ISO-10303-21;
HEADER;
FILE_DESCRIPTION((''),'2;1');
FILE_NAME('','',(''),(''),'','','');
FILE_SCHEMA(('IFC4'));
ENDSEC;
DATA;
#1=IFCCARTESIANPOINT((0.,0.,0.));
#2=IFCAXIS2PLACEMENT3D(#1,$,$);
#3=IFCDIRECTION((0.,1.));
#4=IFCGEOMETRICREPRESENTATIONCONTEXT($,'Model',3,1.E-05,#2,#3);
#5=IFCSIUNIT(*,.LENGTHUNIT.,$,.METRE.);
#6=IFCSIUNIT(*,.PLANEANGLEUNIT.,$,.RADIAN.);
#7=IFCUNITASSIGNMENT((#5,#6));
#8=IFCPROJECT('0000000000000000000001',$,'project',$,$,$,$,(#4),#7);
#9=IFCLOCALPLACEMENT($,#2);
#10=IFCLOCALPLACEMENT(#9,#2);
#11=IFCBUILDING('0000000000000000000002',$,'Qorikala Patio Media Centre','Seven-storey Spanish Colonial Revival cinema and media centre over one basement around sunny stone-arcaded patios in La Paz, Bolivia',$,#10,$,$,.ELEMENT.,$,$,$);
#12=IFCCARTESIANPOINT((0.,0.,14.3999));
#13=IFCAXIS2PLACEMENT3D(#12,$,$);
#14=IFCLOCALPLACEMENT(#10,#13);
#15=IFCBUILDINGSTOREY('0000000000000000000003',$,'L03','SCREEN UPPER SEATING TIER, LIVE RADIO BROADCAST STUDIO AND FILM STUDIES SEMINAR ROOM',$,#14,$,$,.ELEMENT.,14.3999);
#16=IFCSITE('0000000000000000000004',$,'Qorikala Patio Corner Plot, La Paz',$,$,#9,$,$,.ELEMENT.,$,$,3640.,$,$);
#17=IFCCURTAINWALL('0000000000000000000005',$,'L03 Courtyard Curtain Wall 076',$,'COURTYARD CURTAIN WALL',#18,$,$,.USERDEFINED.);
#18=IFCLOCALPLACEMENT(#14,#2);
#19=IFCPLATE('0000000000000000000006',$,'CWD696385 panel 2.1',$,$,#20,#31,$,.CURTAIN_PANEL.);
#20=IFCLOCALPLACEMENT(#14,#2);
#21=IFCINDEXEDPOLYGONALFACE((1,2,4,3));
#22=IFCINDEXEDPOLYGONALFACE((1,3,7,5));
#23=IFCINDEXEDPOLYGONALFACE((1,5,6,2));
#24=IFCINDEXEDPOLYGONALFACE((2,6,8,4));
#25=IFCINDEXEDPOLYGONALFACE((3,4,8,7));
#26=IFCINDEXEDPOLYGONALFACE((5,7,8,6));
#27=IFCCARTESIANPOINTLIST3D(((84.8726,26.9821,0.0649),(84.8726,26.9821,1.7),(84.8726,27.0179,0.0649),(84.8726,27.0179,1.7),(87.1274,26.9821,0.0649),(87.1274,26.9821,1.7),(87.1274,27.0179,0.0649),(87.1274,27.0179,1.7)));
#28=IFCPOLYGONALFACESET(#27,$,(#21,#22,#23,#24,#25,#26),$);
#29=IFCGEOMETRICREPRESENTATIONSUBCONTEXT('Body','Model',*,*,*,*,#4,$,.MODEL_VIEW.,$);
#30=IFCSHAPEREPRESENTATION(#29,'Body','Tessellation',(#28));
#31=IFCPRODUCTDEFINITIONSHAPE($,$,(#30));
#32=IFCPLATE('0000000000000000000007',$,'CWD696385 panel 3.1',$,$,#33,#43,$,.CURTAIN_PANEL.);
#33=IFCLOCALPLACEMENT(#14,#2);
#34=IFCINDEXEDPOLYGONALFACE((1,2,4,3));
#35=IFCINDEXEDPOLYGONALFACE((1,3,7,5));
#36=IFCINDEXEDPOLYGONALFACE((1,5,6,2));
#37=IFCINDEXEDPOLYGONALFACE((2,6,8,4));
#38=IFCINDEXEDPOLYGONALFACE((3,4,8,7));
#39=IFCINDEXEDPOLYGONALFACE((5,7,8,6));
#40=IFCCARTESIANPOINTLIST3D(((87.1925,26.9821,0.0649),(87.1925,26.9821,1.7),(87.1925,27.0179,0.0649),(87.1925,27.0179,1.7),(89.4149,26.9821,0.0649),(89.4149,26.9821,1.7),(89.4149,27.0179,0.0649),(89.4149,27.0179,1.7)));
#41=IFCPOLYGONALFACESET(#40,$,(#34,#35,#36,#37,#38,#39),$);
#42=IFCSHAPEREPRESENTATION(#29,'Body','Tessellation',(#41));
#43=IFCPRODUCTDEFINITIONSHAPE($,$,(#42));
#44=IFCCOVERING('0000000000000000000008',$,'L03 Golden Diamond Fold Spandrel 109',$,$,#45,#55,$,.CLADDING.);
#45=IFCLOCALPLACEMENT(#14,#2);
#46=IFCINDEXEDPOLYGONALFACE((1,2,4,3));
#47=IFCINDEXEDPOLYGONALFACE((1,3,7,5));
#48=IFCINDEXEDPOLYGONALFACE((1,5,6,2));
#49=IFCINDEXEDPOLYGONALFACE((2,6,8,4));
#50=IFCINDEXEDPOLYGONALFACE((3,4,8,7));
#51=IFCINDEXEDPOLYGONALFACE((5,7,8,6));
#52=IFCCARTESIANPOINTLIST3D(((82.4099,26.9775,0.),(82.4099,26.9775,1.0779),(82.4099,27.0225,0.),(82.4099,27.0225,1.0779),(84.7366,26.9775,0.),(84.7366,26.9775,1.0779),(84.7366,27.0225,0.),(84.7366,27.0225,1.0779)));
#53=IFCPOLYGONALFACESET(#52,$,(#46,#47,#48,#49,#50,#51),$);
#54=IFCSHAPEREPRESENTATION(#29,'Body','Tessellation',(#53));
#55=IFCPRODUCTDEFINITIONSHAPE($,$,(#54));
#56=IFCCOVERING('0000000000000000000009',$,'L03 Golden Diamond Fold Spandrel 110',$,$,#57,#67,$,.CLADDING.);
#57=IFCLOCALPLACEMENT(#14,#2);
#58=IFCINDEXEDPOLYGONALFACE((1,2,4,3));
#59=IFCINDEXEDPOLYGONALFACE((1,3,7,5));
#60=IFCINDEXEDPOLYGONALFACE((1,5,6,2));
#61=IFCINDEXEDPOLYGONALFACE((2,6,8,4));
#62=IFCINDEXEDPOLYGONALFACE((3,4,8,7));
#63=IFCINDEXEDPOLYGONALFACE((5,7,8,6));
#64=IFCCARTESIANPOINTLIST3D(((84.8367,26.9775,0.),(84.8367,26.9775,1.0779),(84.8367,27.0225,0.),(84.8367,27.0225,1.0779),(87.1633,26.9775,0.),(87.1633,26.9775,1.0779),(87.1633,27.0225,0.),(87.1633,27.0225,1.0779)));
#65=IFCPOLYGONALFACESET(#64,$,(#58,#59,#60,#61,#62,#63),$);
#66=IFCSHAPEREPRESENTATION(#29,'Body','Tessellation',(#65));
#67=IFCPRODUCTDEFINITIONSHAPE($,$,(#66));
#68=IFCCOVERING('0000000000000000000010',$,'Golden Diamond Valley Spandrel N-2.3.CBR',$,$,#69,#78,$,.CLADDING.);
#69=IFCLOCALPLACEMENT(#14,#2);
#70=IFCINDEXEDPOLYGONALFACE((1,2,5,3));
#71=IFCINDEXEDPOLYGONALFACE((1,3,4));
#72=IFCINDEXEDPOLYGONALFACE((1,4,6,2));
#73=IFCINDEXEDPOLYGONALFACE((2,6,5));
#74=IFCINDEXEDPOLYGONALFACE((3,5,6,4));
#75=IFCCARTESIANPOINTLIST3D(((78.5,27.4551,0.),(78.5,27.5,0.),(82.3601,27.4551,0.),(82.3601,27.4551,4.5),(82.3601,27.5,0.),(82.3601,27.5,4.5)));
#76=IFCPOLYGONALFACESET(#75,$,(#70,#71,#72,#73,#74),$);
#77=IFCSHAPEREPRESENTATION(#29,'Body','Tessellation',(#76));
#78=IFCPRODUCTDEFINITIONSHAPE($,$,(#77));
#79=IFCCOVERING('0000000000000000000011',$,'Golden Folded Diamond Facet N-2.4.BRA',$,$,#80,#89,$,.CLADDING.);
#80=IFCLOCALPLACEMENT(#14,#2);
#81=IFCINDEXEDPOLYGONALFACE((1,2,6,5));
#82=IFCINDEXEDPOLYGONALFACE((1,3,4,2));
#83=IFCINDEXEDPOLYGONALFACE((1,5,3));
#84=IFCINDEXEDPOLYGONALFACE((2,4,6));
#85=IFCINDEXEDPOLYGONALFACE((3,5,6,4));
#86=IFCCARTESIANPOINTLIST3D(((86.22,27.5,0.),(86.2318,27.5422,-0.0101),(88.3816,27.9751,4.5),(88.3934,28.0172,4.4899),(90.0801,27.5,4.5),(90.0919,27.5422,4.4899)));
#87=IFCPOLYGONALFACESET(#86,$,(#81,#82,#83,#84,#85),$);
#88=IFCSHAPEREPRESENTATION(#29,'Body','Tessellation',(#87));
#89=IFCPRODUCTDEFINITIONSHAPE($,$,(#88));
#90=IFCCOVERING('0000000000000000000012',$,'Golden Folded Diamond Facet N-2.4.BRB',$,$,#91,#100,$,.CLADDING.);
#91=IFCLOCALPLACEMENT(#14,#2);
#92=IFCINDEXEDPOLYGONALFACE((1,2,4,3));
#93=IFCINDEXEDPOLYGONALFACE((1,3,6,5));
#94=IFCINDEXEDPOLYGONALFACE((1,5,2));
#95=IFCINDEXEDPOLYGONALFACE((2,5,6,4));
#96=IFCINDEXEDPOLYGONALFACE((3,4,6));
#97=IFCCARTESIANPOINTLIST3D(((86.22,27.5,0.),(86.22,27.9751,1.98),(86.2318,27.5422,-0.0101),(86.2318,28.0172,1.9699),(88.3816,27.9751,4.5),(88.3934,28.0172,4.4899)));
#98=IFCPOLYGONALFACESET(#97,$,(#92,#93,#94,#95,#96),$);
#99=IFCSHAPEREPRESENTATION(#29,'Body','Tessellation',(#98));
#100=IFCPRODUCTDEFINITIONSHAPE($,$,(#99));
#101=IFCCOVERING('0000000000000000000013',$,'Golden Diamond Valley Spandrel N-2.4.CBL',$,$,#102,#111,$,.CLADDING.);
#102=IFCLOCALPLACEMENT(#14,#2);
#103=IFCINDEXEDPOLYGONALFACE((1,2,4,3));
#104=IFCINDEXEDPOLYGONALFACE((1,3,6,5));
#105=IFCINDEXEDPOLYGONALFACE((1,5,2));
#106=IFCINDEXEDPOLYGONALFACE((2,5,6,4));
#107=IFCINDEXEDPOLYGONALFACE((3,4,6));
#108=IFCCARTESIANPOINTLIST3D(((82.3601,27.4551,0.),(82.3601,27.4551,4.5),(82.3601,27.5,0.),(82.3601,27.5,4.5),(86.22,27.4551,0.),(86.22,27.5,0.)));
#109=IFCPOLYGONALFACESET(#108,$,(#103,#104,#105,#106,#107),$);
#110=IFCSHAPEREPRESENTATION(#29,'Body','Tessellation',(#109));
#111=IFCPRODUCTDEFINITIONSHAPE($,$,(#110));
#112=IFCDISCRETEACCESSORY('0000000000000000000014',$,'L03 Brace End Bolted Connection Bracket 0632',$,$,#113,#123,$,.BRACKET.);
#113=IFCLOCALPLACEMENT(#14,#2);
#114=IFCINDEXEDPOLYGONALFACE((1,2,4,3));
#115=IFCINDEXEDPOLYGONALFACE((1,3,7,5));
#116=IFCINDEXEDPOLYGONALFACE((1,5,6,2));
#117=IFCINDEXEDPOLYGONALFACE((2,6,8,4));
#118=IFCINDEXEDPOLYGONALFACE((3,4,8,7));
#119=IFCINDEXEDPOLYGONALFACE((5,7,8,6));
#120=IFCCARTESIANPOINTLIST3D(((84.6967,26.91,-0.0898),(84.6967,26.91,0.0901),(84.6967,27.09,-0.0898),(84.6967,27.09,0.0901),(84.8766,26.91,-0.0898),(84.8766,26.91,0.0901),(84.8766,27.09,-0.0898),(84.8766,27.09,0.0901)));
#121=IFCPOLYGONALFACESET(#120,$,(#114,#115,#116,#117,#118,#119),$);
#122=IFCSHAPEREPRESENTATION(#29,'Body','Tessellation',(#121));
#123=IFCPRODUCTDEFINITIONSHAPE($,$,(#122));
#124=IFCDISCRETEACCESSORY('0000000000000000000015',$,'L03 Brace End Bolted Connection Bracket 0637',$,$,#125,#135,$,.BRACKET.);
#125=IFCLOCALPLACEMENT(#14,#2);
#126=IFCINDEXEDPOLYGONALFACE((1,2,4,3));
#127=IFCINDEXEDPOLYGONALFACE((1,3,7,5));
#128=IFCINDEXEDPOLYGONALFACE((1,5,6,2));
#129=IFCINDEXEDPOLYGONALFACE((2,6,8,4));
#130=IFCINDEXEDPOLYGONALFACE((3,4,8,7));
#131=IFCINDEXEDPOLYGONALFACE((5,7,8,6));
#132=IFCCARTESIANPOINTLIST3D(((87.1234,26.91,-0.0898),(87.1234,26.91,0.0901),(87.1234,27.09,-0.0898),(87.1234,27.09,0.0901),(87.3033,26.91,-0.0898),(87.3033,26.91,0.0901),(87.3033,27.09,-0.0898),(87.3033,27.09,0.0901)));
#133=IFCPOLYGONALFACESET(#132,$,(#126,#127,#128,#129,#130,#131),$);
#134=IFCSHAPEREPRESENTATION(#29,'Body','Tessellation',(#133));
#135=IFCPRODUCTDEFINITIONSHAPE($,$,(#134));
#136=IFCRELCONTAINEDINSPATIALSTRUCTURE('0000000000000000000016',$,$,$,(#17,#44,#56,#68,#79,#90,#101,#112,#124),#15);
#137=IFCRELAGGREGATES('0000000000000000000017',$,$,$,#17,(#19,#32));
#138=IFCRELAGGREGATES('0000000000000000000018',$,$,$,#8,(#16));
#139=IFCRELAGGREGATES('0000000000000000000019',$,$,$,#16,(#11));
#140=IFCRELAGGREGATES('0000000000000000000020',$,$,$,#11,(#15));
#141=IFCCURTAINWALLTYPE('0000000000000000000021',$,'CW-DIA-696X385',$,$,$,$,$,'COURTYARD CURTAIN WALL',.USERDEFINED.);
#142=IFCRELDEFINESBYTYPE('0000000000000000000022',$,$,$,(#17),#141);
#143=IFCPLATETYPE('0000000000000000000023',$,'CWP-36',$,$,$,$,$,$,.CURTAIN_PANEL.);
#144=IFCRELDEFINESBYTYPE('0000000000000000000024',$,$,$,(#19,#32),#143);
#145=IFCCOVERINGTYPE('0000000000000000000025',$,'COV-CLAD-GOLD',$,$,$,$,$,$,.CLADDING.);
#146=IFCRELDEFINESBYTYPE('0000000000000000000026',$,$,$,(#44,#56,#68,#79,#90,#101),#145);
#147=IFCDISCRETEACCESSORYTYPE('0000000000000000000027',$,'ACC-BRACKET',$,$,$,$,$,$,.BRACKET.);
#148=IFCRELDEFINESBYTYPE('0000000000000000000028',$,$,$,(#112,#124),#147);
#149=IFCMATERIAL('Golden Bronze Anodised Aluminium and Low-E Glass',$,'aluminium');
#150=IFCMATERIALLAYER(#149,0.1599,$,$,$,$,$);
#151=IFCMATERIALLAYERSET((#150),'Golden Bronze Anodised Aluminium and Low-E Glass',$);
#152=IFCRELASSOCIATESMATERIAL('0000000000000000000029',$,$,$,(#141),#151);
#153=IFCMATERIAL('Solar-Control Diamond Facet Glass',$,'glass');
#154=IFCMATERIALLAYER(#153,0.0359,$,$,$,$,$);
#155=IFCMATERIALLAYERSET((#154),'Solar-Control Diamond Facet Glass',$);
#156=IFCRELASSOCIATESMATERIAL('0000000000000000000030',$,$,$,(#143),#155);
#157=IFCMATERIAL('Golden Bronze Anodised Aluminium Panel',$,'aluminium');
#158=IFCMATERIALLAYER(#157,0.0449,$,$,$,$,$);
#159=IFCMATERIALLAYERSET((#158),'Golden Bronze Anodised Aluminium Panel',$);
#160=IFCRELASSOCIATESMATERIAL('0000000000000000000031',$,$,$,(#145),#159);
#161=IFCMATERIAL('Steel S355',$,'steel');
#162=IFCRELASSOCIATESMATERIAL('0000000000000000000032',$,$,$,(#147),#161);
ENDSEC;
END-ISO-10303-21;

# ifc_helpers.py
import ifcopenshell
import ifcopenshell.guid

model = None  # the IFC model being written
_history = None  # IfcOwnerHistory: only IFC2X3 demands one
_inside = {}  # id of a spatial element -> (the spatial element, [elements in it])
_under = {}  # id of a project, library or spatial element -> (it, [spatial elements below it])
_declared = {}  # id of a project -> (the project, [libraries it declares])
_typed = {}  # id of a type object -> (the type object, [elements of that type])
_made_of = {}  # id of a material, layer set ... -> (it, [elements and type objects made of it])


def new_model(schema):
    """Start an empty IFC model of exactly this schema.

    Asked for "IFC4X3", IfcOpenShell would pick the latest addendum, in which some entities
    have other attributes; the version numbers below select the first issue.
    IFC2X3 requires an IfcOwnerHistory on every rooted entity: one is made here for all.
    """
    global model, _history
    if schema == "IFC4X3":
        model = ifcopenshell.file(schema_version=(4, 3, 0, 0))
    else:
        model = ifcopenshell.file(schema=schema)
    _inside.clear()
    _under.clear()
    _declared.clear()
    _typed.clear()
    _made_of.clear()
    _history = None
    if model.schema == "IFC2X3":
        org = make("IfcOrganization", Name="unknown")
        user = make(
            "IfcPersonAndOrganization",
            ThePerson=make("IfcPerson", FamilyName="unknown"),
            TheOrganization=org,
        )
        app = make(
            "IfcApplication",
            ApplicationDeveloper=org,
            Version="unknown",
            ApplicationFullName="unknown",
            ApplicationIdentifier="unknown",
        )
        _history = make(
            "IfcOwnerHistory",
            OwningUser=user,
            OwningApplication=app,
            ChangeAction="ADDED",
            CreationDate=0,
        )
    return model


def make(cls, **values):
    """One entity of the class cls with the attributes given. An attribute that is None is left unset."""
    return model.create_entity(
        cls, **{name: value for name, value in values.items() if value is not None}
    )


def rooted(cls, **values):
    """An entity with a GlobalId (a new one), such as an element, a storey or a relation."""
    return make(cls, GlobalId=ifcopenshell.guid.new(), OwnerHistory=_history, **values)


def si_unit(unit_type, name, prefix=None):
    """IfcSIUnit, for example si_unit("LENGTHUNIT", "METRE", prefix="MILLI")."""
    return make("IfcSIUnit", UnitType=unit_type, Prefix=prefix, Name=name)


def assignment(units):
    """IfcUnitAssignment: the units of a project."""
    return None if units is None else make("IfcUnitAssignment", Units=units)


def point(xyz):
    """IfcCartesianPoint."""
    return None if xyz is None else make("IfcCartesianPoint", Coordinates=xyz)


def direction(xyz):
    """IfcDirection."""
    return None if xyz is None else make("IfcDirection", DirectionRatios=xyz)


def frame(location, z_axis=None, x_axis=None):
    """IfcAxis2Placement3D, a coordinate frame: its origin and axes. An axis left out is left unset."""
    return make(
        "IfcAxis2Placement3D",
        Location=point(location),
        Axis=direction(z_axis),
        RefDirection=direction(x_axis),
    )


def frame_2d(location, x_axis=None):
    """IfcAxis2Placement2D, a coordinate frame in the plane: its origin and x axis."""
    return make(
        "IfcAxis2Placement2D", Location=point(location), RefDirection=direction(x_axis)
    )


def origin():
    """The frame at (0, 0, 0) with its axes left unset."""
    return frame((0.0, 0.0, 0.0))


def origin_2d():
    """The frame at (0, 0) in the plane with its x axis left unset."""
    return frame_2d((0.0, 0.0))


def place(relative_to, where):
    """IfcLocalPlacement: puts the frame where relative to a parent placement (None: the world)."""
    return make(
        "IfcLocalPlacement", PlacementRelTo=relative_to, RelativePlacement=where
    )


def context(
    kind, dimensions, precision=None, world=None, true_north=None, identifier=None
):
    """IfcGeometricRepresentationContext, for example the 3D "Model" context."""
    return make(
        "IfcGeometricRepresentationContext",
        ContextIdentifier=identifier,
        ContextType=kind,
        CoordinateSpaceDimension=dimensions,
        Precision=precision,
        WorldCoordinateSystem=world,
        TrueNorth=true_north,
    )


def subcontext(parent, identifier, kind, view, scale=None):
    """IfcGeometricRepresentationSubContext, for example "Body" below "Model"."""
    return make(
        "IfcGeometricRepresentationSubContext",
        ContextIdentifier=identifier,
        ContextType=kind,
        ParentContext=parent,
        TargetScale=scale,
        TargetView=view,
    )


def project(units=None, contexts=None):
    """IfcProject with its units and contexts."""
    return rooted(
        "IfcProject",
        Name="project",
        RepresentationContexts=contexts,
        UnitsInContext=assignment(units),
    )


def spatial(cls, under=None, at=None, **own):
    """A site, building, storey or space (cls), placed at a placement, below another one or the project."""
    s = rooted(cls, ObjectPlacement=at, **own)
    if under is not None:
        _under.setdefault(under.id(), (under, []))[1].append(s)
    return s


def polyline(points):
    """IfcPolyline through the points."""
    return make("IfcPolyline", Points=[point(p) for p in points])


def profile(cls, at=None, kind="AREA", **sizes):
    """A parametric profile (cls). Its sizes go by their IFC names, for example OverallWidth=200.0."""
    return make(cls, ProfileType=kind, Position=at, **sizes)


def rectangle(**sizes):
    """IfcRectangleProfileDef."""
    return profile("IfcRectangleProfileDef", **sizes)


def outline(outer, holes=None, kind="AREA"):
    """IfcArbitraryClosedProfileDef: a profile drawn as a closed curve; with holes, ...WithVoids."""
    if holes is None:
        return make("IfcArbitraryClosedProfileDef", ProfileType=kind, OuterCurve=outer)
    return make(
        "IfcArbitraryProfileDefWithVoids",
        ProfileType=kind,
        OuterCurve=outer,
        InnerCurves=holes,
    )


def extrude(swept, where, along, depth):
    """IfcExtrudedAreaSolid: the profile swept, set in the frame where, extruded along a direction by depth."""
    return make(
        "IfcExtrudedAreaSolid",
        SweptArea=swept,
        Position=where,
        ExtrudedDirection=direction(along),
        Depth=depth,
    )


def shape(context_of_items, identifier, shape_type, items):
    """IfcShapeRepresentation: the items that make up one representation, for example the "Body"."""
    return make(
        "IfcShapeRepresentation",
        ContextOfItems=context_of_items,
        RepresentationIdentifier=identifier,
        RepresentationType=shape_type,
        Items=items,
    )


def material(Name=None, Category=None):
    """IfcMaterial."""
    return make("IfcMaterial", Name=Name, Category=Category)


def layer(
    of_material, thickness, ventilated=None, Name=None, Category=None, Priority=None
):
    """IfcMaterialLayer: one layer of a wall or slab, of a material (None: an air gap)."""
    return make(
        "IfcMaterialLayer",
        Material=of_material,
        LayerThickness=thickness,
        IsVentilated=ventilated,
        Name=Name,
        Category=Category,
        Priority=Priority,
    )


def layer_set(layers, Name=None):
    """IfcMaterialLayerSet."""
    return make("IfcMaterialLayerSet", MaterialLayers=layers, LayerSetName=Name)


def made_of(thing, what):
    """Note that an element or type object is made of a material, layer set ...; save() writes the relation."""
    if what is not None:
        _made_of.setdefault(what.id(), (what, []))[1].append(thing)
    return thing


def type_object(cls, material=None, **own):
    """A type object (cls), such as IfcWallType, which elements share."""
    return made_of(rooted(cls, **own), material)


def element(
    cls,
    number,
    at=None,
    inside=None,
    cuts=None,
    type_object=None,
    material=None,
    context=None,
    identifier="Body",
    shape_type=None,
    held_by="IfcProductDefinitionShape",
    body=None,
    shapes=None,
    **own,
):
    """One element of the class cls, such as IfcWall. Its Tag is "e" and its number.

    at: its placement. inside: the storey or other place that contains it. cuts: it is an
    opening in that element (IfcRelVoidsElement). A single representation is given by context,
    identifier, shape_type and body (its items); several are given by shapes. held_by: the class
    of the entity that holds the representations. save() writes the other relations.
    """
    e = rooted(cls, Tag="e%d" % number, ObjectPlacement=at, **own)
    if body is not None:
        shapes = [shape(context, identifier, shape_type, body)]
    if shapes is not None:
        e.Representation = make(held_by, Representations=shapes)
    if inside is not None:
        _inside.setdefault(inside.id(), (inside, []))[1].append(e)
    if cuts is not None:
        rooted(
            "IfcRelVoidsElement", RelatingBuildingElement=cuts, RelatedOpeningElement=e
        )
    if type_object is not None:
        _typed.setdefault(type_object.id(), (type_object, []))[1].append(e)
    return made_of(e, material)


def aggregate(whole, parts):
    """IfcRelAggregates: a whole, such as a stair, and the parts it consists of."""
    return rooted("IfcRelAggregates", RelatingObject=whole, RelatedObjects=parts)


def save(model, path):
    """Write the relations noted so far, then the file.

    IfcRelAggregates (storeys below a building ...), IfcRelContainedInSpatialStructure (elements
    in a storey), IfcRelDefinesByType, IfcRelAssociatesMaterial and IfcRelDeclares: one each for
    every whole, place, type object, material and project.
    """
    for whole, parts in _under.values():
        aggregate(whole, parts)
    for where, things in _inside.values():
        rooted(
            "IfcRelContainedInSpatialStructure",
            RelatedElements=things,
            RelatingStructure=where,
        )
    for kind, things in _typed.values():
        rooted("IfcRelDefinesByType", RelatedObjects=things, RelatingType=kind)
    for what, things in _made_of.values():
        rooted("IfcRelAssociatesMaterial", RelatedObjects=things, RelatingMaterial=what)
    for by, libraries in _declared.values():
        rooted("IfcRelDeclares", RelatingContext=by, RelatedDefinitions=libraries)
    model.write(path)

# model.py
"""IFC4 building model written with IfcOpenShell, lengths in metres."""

from ifc_helpers import new_model, si_unit, direction, frame, origin, origin_2d, place, context, subcontext, project, spatial, polyline, rectangle, outline, extrude, material, layer, layer_set, type_object, element, aggregate, save


model = new_model("IFC4")

# Units and contexts
model_context = context("Model", 3, precision=1e-05, world=origin(), true_north=direction((0.0, 1.0)))
body_context = subcontext(model_context, "Body", "Model", "MODEL_VIEW")
ifc_project = project(units=[si_unit("LENGTHUNIT", "METRE"), si_unit("PLANEANGLEUNIT", "RADIAN")], contexts=[model_context])

# Site, building, storey
site_placement = place(None, origin())
site = spatial("IfcSite", under=ifc_project, at=site_placement, Name="Qorikala Patio Corner Plot, La Paz", CompositionType="ELEMENT", RefElevation=3640.0)
building_placement = place(site_placement, origin())
building = spatial("IfcBuilding", under=site, at=building_placement, Name="Qorikala Patio Media Centre", Description="Seven-storey Spanish Colonial Revival cinema and media centre over one basement around sunny stone-arcaded patios in La Paz, Bolivia", CompositionType="ELEMENT")
storey_placement = place(building_placement, frame((0.0, 0.0, 14.3999)))
storey = spatial("IfcBuildingStorey", under=building, at=storey_placement, Name="L03", Description="SCREEN UPPER SEATING TIER, LIVE RADIO BROADCAST STUDIO AND FILM STUDIES SEMINAR ROOM", CompositionType="ELEMENT", Elevation=14.3999)

# Curtain wall
ifc_material_1 = material(Name="Golden Bronze Anodised Aluminium and Low-E Glass", Category="aluminium")
ifc_layer_1 = layer(ifc_material_1, 0.1599)
ifc_layer_set_1 = layer_set([ifc_layer_1], Name="Golden Bronze Anodised Aluminium and Low-E Glass")
curtain_wall_type = type_object("IfcCurtainWallType", Name="CW-DIA-696X385", ElementType="COURTYARD CURTAIN WALL", PredefinedType="USERDEFINED", material=ifc_layer_set_1)
curtain_wall_placement = place(storey_placement, origin())
curtain_wall = element("IfcCurtainWall", 1, at=curtain_wall_placement, inside=storey, type_object=curtain_wall_type, Name="L03 Courtyard Curtain Wall 076", ObjectType="COURTYARD CURTAIN WALL", PredefinedType="USERDEFINED")

# Plates
ifc_material_2 = material(Name="Solar-Control Diamond Facet Glass", Category="glass")
ifc_layer_2 = layer(ifc_material_2, 0.0359)
ifc_layer_set_2 = layer_set([ifc_layer_2], Name="Solar-Control Diamond Facet Glass")
plate_type = type_object("IfcPlateType", Name="CWP-36", PredefinedType="CURTAIN_PANEL", material=ifc_layer_set_2)
plate_1_placement = place(storey_placement, frame((86.0, 27.0, 0.0649), z_axis=(0.0, 0.0, 1.0), x_axis=(1.0, 0.0, 0.0)))
plate_1 = element("IfcPlate", 2, at=plate_1_placement, type_object=plate_type, Name="CWD696385 panel 2.1", PredefinedType="CURTAIN_PANEL", context=body_context, shape_type="SweptSolid", body=[
    extrude(rectangle(XDim=2.2549, YDim=0.0359, at=origin_2d()), origin(), (0.0, 0.0, 1.0), 1.635),
])
plate_2_placement = place(storey_placement, frame((88.3037, 27.0, 0.0649), z_axis=(0.0, 0.0, 1.0), x_axis=(1.0, 0.0, 0.0)))
plate_2 = element("IfcPlate", 3, at=plate_2_placement, type_object=plate_type, Name="CWD696385 panel 3.1", PredefinedType="CURTAIN_PANEL", context=body_context, shape_type="SweptSolid", body=[
    extrude(rectangle(XDim=2.2224, YDim=0.0359, at=origin_2d()), origin(), (0.0, 0.0, 1.0), 1.635),
])
aggregate(curtain_wall, [plate_1, plate_2])

# Coverings
ifc_material_3 = material(Name="Golden Bronze Anodised Aluminium Panel", Category="aluminium")
ifc_layer_3 = layer(ifc_material_3, 0.0449)
ifc_layer_set_3 = layer_set([ifc_layer_3], Name="Golden Bronze Anodised Aluminium Panel")
covering_type = type_object("IfcCoveringType", Name="COV-CLAD-GOLD", PredefinedType="CLADDING", material=ifc_layer_set_3)
for number, where, z_axis, x_axis, name in (
    (4, (83.5732, 27.0, 0.0), (0.0, 0.0, 1.0), (1.0, 0.0, 0.0), "L03 Golden Diamond Fold Spandrel 109"),
    (5, (86.0, 27.0, 0.0), (0.0, 0.0, 1.0), (1.0, 0.0, 0.0), "L03 Golden Diamond Fold Spandrel 110"),
):
    element("IfcCovering", number, at=place(storey_placement, frame(where, z_axis=z_axis, x_axis=x_axis)), inside=storey, type_object=covering_type, Name=name, PredefinedType="CLADDING", context=body_context, shape_type="SweptSolid", body=[
        extrude(rectangle(XDim=2.3267, YDim=0.0449, at=origin_2d()), origin(), (0.0, 0.0, 1.0), 1.0779),
    ])
covering_1_placement = place(storey_placement, frame((82.3601, 27.5, 0.0), z_axis=(0.0, 1.0, 0.0), x_axis=(-1.0, 0.0, 0.0)))
element("IfcCovering", 6, at=covering_1_placement, inside=storey, type_object=covering_type, Name="Golden Diamond Valley Spandrel N-2.3.CBR", PredefinedType="CLADDING", context=body_context, shape_type="SweptSolid", body=[
    extrude(outline(polyline([(0.0, 0.0), (3.8601, 0.0), (0.0, 4.5), (0.0, 0.0)])), origin(), (0.0, 0.0, -1.0), 0.0449),
])
covering_2_placement = place(storey_placement, frame((86.22, 27.5, 0.0), z_axis=(-0.262462, -0.93831, 0.225141), x_axis=(0.65108, 0.0, 0.759009)))
element("IfcCovering", 7, at=covering_2_placement, inside=storey, type_object=covering_type, Name="Golden Folded Diamond Facet N-2.4.BRA", PredefinedType="CLADDING", context=body_context, shape_type="SweptSolid", body=[
    extrude(outline(polyline([(0.0, 0.0), (5.9288, 0.0), (4.8229, 1.3739), (0.0, 0.0)])), origin(), (0.0, 0.0, -1.0), 0.0449),
])
covering_3_placement = place(storey_placement, frame((86.22, 27.5, 0.0), z_axis=(-0.262476, -0.938304, 0.225147), x_axis=(0.431047, 0.094739, 0.897342)))
element("IfcCovering", 8, at=covering_3_placement, inside=storey, type_object=covering_type, Name="Golden Folded Diamond Facet N-2.4.BRB", PredefinedType="CLADDING", context=body_context, shape_type="SweptSolid", body=[
    extrude(outline(polyline([(0.0, 0.0), (5.0148, 0.0), (1.8217, 0.9096), (0.0, 0.0)])), origin(), (0.0, 0.0, -1.0), 0.0449),
])
covering_4_placement = place(storey_placement, frame((82.3601, 27.5, 0.0), z_axis=(0.0, 1.0, 0.0), x_axis=(0.0, 0.0, 1.0)))
element("IfcCovering", 9, at=covering_4_placement, inside=storey, type_object=covering_type, Name="Golden Diamond Valley Spandrel N-2.4.CBL", PredefinedType="CLADDING", context=body_context, shape_type="SweptSolid", body=[
    extrude(outline(polyline([(0.0, 0.0), (4.5, 0.0), (0.0, 3.8599), (0.0, 0.0)])), origin(), (0.0, 0.0, -1.0), 0.0449),
])

# Discrete accessories
ifc_material_4 = material(Name="Steel S355", Category="steel")
discrete_accessory_type = type_object("IfcDiscreteAccessoryType", Name="ACC-BRACKET", PredefinedType="BRACKET", material=ifc_material_4)
for number, where, z_axis, x_axis, name in (
    (10, (84.7866, 27.0, -0.0898), (0.0, 0.0, 1.0), (1.0, 0.0, 0.0), "L03 Brace End Bolted Connection Bracket 0632"),
    (11, (87.2134, 27.0, -0.0898), (0.0, 0.0, 1.0), (1.0, 0.0, 0.0), "L03 Brace End Bolted Connection Bracket 0637"),
):
    element("IfcDiscreteAccessory", number, at=place(storey_placement, frame(where, z_axis=z_axis, x_axis=x_axis)), inside=storey, type_object=discrete_accessory_type, Name=name, PredefinedType="BRACKET", context=body_context, shape_type="SweptSolid", body=[
        extrude(rectangle(XDim=0.1799, YDim=0.1799, at=origin_2d()), origin(), (0.0, 0.0, 1.0), 0.1799),
    ])

save(model, "model.ifc")
